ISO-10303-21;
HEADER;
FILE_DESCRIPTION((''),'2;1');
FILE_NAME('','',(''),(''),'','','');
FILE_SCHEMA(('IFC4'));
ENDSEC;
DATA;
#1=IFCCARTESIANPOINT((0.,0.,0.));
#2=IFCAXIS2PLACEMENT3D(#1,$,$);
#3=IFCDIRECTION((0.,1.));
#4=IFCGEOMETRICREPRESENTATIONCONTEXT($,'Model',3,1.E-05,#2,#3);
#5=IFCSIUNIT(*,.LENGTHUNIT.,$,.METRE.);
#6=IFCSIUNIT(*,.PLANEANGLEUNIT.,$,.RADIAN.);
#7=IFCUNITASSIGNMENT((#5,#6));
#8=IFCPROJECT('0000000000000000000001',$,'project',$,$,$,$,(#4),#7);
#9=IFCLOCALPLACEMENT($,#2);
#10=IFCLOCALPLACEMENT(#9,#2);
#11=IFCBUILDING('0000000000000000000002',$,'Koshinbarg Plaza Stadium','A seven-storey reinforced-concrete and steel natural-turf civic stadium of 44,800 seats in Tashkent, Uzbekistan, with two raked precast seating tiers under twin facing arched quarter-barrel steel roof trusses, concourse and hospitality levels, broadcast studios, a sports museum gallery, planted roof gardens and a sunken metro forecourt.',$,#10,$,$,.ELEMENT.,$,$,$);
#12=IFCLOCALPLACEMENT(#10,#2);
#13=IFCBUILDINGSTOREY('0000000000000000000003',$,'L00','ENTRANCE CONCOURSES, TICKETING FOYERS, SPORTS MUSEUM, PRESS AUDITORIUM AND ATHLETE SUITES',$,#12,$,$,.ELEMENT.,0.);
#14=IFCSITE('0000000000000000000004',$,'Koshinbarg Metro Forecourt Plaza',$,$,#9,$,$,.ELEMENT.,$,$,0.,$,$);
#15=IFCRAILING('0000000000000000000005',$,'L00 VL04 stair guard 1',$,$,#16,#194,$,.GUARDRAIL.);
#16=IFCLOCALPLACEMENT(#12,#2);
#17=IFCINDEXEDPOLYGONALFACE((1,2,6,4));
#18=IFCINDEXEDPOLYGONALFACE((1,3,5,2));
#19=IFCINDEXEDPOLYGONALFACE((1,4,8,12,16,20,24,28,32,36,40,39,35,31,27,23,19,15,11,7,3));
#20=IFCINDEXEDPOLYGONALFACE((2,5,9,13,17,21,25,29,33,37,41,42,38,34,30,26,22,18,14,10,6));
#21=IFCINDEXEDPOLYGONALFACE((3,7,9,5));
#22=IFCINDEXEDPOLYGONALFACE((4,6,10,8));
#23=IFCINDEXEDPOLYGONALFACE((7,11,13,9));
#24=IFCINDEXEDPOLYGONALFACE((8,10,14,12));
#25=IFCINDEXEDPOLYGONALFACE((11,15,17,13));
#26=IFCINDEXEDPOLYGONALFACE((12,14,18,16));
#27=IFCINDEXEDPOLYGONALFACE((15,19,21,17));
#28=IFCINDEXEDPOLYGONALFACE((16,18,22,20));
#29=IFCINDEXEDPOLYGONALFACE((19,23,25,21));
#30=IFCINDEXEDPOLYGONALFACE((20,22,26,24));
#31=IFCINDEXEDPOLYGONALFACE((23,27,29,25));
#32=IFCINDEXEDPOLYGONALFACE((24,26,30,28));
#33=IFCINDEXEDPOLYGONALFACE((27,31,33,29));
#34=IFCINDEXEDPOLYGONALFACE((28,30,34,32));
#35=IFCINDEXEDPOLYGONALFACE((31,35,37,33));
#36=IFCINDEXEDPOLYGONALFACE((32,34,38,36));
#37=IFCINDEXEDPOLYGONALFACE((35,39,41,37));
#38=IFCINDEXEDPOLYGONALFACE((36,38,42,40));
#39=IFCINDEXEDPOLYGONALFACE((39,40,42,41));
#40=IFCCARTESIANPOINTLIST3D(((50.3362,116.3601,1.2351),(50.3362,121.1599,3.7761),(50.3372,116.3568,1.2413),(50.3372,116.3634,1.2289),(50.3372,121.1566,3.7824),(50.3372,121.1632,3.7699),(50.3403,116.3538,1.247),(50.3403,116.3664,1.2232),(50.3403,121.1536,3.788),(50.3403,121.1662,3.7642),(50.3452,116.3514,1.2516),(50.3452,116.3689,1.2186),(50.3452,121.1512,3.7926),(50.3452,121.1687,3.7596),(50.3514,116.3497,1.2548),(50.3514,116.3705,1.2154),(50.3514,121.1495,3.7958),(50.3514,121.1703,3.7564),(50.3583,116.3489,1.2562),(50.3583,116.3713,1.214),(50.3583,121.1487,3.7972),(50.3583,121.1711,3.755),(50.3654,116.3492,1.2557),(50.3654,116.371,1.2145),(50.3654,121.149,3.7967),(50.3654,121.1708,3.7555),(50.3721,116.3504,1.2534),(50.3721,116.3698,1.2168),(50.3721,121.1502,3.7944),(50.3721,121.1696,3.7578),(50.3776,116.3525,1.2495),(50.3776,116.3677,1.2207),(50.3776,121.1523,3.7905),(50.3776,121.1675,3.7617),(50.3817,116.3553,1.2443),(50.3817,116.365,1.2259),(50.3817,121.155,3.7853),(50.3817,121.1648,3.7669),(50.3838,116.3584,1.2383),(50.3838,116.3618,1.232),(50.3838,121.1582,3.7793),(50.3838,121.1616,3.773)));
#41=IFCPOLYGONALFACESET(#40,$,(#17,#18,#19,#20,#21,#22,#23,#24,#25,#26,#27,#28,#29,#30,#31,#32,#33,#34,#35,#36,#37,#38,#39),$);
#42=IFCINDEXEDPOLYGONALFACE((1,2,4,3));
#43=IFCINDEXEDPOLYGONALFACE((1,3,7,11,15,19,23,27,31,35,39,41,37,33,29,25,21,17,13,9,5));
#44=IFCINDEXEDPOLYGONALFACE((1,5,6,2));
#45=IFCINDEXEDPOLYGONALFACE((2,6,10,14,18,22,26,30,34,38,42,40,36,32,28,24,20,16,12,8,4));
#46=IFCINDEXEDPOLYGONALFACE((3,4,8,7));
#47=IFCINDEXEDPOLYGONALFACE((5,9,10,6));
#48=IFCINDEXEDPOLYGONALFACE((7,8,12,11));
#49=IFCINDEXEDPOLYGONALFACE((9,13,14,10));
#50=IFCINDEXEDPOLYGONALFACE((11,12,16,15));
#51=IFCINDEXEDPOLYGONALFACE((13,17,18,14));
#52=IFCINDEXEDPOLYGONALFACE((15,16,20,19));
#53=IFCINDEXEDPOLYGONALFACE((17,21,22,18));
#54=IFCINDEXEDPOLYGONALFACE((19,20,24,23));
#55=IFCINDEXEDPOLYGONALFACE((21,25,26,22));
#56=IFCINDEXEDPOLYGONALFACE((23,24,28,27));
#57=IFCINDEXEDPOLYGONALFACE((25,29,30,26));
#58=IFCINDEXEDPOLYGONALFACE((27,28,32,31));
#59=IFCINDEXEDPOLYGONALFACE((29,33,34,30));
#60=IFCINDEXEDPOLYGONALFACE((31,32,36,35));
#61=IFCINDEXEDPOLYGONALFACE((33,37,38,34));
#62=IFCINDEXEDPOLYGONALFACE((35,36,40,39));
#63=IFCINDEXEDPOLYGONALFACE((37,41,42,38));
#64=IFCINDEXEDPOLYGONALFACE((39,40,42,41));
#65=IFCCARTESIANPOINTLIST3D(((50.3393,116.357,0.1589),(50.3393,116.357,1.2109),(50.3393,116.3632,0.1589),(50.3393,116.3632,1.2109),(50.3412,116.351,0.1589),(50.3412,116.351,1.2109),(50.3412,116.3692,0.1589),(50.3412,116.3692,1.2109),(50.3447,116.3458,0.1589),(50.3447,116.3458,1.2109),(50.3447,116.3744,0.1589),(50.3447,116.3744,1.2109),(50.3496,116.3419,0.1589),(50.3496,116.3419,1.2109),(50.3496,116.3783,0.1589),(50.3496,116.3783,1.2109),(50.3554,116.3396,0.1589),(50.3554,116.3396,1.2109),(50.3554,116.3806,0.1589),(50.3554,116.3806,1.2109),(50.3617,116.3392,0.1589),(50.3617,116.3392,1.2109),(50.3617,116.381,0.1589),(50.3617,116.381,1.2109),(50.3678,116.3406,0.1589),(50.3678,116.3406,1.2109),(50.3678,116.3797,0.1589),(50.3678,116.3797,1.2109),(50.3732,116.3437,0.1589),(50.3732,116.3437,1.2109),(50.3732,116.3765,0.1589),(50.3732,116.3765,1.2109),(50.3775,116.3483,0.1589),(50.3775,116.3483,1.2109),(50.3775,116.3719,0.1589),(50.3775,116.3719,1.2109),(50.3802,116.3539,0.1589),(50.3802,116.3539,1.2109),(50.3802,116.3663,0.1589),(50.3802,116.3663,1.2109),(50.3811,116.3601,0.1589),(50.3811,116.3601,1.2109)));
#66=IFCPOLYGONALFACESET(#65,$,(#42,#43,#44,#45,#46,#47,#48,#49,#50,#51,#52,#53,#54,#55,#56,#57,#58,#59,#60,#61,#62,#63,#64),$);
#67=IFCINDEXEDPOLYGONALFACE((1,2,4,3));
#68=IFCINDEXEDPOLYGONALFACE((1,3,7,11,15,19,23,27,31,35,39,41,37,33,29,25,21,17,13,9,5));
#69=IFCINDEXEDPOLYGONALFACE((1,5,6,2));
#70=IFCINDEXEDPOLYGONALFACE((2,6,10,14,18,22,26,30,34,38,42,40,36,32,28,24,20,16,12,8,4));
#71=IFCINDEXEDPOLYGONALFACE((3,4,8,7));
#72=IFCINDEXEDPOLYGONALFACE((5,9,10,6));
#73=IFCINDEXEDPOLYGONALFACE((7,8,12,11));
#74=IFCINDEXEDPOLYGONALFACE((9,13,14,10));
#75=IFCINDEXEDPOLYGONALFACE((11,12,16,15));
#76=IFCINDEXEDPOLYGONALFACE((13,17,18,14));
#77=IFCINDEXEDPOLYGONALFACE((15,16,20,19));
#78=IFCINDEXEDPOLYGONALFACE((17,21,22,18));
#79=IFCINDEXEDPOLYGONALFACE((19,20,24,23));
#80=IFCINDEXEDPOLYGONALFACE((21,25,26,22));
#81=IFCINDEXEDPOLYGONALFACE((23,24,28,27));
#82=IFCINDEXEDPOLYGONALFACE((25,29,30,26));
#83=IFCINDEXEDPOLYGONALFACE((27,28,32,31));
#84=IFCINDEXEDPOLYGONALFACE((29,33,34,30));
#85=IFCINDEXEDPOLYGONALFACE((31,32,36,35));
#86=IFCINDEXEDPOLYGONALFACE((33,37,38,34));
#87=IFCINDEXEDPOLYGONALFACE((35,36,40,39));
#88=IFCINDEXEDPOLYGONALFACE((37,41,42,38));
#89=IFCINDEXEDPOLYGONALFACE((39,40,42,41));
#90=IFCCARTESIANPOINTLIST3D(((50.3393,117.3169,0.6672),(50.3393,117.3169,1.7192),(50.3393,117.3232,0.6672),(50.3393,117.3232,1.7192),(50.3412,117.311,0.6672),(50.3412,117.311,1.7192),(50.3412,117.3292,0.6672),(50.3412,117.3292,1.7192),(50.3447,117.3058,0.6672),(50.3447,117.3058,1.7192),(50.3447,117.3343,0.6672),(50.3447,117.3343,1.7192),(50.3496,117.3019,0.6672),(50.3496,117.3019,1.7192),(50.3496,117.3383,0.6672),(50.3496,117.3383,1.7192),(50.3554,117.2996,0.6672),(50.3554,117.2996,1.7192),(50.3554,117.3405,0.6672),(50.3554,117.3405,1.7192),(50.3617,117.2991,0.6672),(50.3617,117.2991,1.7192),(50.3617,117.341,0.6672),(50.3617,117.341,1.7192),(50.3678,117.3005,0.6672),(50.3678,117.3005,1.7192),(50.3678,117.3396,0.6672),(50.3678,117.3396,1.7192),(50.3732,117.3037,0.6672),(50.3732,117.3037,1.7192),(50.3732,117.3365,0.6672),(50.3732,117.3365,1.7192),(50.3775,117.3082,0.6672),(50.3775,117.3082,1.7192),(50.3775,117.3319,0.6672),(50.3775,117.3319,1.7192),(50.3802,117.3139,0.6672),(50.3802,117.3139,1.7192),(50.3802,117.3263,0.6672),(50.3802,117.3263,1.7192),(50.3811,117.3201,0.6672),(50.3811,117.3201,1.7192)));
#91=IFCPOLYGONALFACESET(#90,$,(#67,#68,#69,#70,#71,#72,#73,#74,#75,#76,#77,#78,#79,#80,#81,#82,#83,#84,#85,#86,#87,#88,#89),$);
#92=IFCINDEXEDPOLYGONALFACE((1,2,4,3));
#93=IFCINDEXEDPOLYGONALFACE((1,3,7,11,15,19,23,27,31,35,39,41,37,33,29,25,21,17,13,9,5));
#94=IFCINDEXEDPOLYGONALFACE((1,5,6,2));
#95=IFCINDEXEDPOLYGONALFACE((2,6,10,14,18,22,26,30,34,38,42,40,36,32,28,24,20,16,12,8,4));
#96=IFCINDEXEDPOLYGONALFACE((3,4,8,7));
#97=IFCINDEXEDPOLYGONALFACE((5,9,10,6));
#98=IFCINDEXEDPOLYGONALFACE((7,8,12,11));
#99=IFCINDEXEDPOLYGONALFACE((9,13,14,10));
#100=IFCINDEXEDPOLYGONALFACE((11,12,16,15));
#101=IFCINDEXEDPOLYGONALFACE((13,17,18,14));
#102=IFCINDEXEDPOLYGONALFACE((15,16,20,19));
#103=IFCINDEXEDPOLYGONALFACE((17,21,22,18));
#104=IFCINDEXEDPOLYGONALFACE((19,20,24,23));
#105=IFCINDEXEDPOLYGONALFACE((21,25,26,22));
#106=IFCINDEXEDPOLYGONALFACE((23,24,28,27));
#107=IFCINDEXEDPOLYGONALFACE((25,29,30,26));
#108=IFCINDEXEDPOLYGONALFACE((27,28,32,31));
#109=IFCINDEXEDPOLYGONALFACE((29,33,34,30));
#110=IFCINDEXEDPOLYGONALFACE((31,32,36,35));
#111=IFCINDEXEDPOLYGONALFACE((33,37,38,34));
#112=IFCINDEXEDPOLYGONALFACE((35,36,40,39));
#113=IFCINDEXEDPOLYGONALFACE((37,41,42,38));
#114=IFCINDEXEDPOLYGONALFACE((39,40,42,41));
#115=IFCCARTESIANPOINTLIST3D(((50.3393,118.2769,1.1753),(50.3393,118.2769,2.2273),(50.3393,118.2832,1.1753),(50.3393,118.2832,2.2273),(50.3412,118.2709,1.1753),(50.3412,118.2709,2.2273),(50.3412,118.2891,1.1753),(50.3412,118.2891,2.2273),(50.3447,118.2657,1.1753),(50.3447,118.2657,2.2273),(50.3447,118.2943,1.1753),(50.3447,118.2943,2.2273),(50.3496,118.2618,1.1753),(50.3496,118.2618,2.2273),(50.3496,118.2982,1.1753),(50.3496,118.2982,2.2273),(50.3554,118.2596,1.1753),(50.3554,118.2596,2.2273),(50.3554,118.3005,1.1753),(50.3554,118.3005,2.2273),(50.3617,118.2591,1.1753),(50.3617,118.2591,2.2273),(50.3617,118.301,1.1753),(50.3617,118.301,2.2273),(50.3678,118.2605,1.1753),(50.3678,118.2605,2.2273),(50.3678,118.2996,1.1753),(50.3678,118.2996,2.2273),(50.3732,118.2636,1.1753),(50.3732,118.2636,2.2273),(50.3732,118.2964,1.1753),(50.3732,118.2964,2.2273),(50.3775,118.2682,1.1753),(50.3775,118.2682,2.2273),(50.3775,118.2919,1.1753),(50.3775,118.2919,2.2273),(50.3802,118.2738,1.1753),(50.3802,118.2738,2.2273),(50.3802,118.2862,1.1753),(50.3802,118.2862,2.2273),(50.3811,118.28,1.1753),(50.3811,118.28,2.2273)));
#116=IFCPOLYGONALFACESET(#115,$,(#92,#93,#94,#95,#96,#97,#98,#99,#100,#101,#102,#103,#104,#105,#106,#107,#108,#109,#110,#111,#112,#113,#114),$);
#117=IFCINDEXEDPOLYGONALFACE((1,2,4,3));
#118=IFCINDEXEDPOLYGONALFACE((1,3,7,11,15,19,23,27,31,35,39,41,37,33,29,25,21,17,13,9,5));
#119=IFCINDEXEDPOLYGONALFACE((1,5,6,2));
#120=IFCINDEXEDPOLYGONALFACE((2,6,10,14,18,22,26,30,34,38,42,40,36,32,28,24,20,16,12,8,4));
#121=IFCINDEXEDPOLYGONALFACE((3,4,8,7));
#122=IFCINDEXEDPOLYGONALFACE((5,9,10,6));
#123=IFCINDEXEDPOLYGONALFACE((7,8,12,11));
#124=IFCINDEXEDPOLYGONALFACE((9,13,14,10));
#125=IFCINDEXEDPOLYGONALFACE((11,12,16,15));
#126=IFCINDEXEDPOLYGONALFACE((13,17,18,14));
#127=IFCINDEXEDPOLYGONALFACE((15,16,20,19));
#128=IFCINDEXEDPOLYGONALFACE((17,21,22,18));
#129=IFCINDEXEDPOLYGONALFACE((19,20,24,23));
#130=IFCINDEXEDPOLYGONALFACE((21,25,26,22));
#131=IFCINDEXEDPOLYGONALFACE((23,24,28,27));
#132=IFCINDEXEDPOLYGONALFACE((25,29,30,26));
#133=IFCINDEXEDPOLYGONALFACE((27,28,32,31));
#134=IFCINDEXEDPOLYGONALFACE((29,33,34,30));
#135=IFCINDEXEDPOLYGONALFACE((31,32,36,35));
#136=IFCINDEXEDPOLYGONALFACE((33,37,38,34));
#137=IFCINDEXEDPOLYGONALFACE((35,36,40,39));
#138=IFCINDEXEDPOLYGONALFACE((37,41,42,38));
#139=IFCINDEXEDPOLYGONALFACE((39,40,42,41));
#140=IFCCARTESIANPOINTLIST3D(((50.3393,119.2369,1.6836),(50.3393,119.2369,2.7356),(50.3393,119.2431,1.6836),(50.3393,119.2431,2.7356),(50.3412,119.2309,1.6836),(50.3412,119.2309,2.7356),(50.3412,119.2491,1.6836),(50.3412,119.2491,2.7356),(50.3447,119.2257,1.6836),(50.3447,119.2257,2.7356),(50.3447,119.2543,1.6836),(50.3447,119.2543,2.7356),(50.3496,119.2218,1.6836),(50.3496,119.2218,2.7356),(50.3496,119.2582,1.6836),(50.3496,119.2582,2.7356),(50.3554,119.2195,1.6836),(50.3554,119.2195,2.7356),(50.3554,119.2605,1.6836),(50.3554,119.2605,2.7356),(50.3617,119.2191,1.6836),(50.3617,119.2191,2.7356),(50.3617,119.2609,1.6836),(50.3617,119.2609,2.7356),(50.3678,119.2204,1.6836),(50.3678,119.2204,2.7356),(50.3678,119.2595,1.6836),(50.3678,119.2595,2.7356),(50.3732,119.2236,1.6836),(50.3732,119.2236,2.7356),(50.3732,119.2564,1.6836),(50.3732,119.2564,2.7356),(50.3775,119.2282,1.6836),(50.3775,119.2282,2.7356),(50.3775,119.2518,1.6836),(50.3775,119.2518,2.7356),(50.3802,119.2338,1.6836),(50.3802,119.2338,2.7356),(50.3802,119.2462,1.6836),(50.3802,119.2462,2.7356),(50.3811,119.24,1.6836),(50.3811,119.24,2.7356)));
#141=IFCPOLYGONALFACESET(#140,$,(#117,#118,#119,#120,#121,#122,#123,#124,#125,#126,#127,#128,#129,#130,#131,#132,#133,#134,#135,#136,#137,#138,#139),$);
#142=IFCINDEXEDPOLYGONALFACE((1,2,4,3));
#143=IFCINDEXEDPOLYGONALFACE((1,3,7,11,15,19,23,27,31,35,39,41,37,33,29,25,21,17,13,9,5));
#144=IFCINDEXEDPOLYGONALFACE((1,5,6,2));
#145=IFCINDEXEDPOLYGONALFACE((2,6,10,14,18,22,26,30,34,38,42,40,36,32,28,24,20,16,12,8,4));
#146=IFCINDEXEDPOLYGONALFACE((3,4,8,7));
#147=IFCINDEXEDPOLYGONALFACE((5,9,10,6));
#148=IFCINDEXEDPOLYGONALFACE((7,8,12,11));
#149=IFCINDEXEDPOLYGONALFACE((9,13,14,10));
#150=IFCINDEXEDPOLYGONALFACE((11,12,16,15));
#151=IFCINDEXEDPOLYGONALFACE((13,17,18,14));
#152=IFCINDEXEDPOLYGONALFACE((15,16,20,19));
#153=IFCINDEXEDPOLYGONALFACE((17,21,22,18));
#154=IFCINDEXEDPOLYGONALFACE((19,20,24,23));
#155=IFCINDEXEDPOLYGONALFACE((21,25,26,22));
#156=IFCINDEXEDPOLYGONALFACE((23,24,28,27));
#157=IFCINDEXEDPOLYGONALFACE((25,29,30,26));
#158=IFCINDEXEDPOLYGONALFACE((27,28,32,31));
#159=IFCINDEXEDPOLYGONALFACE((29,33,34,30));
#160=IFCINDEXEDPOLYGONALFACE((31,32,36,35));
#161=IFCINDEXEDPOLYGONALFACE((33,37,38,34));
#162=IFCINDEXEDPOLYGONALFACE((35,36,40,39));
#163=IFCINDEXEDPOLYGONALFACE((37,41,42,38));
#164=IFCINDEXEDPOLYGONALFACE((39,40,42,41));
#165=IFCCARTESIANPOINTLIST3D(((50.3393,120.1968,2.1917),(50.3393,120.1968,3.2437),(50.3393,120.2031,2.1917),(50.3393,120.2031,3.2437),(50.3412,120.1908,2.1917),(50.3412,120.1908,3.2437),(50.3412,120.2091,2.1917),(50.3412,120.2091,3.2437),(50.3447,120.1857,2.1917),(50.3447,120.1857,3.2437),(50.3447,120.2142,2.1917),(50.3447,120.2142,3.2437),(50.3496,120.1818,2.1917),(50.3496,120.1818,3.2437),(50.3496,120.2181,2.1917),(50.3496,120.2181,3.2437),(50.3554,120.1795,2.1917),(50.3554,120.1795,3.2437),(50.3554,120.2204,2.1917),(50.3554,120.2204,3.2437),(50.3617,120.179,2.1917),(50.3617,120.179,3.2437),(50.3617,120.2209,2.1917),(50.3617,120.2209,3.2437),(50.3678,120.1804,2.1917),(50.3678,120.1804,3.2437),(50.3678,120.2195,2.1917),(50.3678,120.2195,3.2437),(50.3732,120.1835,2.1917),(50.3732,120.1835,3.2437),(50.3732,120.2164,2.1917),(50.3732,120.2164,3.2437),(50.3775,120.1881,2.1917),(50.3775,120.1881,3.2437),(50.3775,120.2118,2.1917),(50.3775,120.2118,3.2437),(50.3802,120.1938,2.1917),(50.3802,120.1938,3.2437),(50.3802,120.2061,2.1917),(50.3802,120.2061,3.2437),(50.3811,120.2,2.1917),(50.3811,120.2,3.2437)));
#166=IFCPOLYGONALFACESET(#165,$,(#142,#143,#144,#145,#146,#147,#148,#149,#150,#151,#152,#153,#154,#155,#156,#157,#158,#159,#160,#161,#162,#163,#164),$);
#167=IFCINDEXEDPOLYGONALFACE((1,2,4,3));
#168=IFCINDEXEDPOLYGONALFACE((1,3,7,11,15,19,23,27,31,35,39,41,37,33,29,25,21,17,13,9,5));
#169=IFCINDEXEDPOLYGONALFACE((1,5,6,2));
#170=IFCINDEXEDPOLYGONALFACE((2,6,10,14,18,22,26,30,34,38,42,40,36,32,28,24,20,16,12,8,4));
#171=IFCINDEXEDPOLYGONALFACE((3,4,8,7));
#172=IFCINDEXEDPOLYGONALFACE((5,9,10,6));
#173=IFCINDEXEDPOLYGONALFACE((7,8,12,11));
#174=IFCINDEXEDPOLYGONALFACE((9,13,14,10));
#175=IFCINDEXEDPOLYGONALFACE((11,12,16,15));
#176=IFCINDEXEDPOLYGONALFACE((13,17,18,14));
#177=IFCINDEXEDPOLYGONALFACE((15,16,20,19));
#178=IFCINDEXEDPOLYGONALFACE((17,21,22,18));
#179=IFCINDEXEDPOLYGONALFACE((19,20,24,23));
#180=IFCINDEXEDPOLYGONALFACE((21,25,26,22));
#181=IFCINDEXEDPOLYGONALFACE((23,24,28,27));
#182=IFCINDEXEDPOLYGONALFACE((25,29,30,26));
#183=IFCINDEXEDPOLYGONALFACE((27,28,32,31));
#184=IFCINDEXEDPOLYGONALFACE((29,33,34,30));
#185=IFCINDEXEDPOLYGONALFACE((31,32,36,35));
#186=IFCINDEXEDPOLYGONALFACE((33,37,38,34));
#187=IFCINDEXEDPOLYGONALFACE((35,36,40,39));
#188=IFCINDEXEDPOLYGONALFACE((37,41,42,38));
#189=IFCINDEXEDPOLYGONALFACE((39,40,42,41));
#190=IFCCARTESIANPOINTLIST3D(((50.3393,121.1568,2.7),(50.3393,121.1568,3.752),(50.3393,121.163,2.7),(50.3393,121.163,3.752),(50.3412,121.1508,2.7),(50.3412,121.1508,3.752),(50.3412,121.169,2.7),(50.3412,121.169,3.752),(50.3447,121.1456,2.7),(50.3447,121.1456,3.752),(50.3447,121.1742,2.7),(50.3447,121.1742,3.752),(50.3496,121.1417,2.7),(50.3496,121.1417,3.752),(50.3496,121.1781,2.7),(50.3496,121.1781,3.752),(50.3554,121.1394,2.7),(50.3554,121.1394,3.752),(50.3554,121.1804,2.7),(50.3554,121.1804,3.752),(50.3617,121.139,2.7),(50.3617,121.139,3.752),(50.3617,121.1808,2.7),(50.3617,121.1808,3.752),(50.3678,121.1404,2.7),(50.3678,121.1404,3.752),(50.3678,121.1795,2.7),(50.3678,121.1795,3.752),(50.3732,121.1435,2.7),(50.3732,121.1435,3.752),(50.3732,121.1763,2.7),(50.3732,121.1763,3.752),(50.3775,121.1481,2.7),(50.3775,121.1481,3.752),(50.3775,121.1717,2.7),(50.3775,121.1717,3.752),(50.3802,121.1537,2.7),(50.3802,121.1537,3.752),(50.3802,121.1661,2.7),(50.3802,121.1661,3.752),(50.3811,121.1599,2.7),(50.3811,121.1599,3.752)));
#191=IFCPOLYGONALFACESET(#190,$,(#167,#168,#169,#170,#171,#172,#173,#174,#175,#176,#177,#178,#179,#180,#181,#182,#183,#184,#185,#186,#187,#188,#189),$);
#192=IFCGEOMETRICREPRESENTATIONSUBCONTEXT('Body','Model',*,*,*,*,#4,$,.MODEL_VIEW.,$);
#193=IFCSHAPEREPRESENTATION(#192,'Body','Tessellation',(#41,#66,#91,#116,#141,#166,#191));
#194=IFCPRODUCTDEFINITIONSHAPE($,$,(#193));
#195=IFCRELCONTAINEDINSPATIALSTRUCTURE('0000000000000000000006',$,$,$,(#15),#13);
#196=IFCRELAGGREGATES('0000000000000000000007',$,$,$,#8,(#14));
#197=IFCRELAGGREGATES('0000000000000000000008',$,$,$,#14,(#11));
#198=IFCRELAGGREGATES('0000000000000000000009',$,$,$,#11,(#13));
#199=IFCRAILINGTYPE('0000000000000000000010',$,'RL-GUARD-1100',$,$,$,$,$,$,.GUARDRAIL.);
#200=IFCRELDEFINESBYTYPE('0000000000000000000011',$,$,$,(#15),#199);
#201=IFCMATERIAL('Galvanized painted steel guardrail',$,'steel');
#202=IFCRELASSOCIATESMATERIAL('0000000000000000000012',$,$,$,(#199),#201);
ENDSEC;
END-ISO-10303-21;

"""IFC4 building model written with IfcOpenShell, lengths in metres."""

from ifc_helpers import new_model, si_unit, direction, frame, origin, origin_2d, place, context, subcontext, project, spatial, circle, extrude, material, type_object, element, save


model = new_model("IFC4")

# Units and contexts
model_context = context("Model", 3, precision=1e-05, world=origin(), true_north=direction((0.0, 1.0)))
body_context = subcontext(model_context, "Body", "Model", "MODEL_VIEW")
ifc_project = project(units=[si_unit("LENGTHUNIT", "METRE"), si_unit("PLANEANGLEUNIT", "RADIAN")], contexts=[model_context])

# Site, building, storey
site_placement = place(None, origin())
site = spatial("IfcSite", under=ifc_project, at=site_placement, Name="Koshinbarg Metro Forecourt Plaza", CompositionType="ELEMENT", RefElevation=0.0)
building_placement = place(site_placement, origin())
building = spatial("IfcBuilding", under=site, at=building_placement, Name="Koshinbarg Plaza Stadium", Description="A seven-storey reinforced-concrete and steel natural-turf civic stadium of 44,800 seats in Tashkent, Uzbekistan, with two raked precast seating tiers under twin facing arched quarter-barrel steel roof trusses, concourse and hospitality levels, broadcast studios, a sports museum gallery, planted roof gardens and a sunken metro forecourt.", CompositionType="ELEMENT")
storey_placement = place(building_placement, origin())
storey = spatial("IfcBuildingStorey", under=building, at=storey_placement, Name="L00", Description="ENTRANCE CONCOURSES, TICKETING FOYERS, SPORTS MUSEUM, PRESS AUDITORIUM AND ATHLETE SUITES", CompositionType="ELEMENT", Elevation=0.0)

# Railing
ifc_material_1 = material(Name="Galvanized painted steel guardrail", Category="steel")
railing_type_1 = type_object("IfcRailingType", Name="RL-GUARD-1100", PredefinedType="GUARDRAIL", material=ifc_material_1)
railing_1_placement = place(storey_placement, frame((50.3601, 116.3601, 0.1589)))
element("IfcRailing", 1, at=railing_1_placement, inside=storey, type_object=railing_type_1, Name="L00 VL04 stair guard 1", PredefinedType="GUARDRAIL", context=body_context, shape_type="SweptSolid", body=[
    extrude(circle(Radius=0.0239, at=origin_2d()), frame((0.0, 0.0, 1.0762), z_axis=(0.0, 0.883792, 0.467879), x_axis=(-1.0, 0.0, 0.0)), (0.0, 0.0, 1.0), 5.4309),
    extrude(circle(Radius=0.021, at=origin_2d()), origin(), (0.0, 0.0, 1.0), 1.052),
    extrude(circle(Radius=0.021, at=origin_2d()), frame((0.0, 0.96, 0.5083)), (0.0, 0.0, 1.0), 1.052),
    extrude(circle(Radius=0.021, at=origin_2d()), frame((0.0, 1.9199, 1.0164)), (0.0, 0.0, 1.0), 1.052),
    extrude(circle(Radius=0.021, at=origin_2d()), frame((0.0, 2.8799, 1.5247)), (0.0, 0.0, 1.0), 1.052),
    extrude(circle(Radius=0.021, at=origin_2d()), frame((0.0, 3.8398, 2.0327)), (0.0, 0.0, 1.0), 1.052),
    extrude(circle(Radius=0.021, at=origin_2d()), frame((0.0, 4.7998, 2.541)), (0.0, 0.0, 1.0), 1.052),
])

save(model, "model.ifc")
